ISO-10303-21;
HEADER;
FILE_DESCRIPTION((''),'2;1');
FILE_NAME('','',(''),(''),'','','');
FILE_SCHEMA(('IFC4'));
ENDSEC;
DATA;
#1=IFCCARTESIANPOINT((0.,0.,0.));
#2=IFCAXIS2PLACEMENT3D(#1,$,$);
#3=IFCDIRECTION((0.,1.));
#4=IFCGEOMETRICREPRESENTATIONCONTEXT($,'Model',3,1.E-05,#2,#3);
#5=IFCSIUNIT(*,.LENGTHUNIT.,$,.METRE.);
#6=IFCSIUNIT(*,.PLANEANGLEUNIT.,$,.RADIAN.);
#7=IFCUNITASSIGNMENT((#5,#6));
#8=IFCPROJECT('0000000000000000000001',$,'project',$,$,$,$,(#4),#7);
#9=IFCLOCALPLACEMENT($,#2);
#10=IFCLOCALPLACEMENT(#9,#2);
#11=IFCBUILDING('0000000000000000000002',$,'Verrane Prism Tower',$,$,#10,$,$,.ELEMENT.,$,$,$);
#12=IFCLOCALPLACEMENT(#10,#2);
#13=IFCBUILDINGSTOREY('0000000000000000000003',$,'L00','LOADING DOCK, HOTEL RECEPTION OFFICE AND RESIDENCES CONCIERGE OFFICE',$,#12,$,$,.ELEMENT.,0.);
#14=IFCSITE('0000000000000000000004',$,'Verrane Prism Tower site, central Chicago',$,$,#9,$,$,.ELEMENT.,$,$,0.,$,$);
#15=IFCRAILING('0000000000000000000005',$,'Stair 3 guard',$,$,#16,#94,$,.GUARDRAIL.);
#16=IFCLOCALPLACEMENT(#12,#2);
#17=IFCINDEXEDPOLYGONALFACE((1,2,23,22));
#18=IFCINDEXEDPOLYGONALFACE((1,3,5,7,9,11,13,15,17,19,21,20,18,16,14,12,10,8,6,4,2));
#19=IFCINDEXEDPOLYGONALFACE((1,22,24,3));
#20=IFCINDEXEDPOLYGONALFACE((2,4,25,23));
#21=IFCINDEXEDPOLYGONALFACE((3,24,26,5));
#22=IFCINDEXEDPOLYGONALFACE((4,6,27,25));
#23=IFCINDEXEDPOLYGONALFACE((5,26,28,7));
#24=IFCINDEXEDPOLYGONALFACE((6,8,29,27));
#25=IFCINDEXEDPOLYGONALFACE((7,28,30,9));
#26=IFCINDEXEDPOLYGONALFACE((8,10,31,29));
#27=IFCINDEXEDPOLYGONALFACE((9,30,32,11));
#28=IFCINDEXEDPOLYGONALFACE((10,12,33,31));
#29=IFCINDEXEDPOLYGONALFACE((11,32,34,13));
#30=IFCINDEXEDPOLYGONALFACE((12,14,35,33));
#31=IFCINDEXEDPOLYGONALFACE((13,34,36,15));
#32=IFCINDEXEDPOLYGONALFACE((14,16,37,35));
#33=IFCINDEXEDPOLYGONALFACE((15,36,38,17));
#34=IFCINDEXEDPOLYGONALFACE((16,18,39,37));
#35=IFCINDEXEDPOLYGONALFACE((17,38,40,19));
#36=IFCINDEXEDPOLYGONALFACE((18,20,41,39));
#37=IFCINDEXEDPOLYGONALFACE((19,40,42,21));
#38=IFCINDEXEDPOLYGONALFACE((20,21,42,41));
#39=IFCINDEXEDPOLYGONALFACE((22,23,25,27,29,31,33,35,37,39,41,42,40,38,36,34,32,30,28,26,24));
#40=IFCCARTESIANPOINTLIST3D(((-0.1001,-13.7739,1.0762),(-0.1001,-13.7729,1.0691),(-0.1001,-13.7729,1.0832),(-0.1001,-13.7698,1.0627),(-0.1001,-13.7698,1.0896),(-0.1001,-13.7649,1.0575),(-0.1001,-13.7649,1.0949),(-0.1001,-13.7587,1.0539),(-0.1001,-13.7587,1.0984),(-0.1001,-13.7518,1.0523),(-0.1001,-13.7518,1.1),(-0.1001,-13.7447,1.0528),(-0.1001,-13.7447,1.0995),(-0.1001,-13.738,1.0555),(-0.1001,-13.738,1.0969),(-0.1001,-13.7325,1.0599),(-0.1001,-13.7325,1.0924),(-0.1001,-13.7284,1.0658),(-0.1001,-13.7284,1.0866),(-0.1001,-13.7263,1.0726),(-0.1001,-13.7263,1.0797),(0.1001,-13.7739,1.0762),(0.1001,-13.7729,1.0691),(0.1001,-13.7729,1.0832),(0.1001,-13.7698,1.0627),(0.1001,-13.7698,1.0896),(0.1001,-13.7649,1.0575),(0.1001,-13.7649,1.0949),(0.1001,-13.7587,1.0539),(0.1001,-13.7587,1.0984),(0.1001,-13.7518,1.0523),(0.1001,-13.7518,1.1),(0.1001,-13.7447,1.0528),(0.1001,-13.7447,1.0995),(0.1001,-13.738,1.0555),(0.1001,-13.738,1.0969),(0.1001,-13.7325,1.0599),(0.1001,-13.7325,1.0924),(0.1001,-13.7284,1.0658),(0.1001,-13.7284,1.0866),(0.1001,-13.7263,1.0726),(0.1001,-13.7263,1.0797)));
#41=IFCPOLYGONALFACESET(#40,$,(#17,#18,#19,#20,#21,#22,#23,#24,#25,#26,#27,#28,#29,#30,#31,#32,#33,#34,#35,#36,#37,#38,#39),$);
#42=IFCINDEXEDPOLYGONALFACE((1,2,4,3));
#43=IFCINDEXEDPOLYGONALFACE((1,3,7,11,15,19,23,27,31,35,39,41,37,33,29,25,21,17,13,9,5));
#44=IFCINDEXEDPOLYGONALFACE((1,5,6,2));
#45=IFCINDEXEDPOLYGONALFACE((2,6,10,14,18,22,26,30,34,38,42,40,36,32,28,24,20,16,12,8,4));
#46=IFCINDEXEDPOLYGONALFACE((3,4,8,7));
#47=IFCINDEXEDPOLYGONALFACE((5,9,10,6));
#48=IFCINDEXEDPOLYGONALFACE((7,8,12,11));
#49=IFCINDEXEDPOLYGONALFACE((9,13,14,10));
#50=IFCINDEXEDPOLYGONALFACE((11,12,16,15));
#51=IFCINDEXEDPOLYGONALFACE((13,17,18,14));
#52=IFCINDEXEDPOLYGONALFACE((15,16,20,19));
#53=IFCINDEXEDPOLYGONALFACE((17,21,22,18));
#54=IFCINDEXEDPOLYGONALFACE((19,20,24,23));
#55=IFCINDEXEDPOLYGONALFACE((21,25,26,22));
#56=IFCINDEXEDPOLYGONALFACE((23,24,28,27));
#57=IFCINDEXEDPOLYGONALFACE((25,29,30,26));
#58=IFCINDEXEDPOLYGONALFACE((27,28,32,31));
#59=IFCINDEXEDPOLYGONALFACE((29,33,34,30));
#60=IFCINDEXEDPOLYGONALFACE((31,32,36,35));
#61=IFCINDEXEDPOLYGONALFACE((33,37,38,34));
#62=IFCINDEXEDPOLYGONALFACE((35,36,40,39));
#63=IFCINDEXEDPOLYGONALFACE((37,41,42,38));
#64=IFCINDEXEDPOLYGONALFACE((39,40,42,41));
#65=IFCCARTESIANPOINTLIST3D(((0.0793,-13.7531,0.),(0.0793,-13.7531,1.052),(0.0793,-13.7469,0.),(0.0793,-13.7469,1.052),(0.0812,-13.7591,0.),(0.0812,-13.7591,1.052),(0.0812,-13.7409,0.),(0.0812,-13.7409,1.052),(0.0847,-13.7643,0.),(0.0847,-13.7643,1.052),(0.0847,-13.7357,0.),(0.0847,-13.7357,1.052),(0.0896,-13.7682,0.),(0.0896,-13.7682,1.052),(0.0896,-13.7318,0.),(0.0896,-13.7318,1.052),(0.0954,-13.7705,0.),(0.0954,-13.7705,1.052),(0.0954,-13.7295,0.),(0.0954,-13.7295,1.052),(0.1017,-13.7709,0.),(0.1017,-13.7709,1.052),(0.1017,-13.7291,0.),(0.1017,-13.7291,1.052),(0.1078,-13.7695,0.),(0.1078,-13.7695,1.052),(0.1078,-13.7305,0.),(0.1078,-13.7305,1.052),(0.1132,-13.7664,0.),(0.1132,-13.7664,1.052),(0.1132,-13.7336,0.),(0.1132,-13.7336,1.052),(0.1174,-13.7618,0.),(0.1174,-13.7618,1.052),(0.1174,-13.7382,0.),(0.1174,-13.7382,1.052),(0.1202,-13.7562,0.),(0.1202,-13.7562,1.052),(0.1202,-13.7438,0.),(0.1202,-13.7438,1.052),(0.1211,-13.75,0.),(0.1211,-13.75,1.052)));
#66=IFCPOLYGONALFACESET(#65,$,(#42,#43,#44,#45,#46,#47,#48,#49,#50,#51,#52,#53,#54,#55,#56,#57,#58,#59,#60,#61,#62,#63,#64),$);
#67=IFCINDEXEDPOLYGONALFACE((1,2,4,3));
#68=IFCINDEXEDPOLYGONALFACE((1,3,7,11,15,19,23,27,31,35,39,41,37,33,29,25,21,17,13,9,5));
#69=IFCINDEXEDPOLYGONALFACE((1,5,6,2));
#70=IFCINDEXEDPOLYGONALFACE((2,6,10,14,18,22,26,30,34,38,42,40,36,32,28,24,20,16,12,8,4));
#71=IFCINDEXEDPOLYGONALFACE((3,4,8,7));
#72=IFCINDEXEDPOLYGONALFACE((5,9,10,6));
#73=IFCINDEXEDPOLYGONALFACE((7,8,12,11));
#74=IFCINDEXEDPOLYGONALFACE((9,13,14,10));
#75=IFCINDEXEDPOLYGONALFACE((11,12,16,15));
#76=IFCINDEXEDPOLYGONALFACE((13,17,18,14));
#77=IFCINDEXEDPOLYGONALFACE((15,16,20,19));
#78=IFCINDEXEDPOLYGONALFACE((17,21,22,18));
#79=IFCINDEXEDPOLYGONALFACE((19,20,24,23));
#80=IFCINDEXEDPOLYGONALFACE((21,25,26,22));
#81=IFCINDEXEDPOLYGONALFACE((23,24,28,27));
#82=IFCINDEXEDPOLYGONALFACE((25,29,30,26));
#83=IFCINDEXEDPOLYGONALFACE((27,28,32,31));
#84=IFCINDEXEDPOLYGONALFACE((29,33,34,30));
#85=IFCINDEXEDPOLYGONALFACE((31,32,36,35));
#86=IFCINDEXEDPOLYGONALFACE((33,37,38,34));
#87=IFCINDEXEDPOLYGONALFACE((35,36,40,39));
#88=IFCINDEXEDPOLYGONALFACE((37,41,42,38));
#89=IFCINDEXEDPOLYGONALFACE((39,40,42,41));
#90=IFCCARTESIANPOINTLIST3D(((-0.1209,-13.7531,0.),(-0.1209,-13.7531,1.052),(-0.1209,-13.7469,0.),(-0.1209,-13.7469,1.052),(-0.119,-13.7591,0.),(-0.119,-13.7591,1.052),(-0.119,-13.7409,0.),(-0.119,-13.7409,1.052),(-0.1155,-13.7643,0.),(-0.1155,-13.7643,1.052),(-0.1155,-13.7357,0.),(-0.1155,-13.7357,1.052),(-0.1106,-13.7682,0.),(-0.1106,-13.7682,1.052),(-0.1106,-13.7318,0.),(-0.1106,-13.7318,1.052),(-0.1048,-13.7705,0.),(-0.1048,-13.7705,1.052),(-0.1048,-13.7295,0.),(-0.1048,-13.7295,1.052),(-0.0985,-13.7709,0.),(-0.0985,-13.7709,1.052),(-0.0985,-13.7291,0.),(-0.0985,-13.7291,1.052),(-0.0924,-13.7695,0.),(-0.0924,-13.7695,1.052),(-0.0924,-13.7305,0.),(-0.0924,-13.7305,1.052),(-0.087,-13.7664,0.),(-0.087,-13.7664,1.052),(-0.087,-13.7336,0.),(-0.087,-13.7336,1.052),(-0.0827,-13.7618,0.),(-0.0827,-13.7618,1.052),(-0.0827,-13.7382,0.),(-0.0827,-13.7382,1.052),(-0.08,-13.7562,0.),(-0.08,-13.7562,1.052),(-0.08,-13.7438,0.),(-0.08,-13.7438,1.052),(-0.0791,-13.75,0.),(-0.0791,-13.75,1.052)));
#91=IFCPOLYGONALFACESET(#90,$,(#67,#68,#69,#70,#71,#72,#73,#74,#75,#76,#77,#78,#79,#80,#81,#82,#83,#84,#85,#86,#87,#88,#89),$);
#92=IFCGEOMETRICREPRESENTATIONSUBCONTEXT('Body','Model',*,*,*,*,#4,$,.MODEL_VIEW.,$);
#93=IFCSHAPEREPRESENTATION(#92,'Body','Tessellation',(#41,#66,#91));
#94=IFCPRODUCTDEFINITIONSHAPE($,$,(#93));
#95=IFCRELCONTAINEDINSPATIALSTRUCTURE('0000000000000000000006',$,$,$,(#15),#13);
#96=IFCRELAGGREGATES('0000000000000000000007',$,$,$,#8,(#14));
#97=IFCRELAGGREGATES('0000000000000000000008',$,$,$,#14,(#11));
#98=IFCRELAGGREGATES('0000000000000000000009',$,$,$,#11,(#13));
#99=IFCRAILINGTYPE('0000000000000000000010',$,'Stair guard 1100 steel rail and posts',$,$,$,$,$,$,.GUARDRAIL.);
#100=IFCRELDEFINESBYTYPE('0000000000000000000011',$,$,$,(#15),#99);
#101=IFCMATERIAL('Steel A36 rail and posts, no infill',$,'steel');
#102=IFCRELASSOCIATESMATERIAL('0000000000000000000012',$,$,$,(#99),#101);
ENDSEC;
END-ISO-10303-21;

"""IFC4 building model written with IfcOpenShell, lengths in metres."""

from ifc_helpers import new_model, si_unit, direction, frame, origin, origin_2d, place, context, subcontext, project, spatial, circle, extrude, material, type_object, element, save


model = new_model("IFC4")

# Units and contexts
model_context = context("Model", 3, precision=1e-05, world=origin(), true_north=direction((0.0, 1.0)))
body_context = subcontext(model_context, "Body", "Model", "MODEL_VIEW")
ifc_project = project(units=[si_unit("LENGTHUNIT", "METRE"), si_unit("PLANEANGLEUNIT", "RADIAN")], contexts=[model_context])

# Site, building, storey
site_placement = place(None, origin())
site = spatial("IfcSite", under=ifc_project, at=site_placement, Name="Verrane Prism Tower site, central Chicago", CompositionType="ELEMENT", RefElevation=0.0)
building_placement = place(site_placement, origin())
building = spatial("IfcBuilding", under=site, at=building_placement, Name="Verrane Prism Tower", CompositionType="ELEMENT")
storey_placement = place(building_placement, origin())
storey = spatial("IfcBuildingStorey", under=building, at=storey_placement, Name="L00", Description="LOADING DOCK, HOTEL RECEPTION OFFICE AND RESIDENCES CONCIERGE OFFICE", CompositionType="ELEMENT", Elevation=0.0)

# Railing
ifc_material_1 = material(Name="Steel A36 rail and posts, no infill", Category="steel")
railing_type_1 = type_object("IfcRailingType", Name="Stair guard 1100 steel rail and posts", PredefinedType="GUARDRAIL", material=ifc_material_1)
railing_1_placement = place(storey_placement, frame((0.1001, -13.75, 0.0)))
element("IfcRailing", 1, at=railing_1_placement, inside=storey, type_object=railing_type_1, Name="Stair 3 guard", PredefinedType="GUARDRAIL", context=body_context, shape_type="SweptSolid", body=[
    extrude(circle(Radius=0.0239, at=origin_2d()), frame((0.0, 0.0, 1.0762), z_axis=(-1.0, 0.0, 0.0), x_axis=(0.0, -1.0, 0.0)), (0.0, 0.0, 1.0), 0.2002),
    extrude(circle(Radius=0.021, at=origin_2d()), origin(), (0.0, 0.0, 1.0), 1.052),
    extrude(circle(Radius=0.021, at=origin_2d()), frame((-0.2002, 0.0, 0.0)), (0.0, 0.0, 1.0), 1.052),
])

save(model, "model.ifc")
